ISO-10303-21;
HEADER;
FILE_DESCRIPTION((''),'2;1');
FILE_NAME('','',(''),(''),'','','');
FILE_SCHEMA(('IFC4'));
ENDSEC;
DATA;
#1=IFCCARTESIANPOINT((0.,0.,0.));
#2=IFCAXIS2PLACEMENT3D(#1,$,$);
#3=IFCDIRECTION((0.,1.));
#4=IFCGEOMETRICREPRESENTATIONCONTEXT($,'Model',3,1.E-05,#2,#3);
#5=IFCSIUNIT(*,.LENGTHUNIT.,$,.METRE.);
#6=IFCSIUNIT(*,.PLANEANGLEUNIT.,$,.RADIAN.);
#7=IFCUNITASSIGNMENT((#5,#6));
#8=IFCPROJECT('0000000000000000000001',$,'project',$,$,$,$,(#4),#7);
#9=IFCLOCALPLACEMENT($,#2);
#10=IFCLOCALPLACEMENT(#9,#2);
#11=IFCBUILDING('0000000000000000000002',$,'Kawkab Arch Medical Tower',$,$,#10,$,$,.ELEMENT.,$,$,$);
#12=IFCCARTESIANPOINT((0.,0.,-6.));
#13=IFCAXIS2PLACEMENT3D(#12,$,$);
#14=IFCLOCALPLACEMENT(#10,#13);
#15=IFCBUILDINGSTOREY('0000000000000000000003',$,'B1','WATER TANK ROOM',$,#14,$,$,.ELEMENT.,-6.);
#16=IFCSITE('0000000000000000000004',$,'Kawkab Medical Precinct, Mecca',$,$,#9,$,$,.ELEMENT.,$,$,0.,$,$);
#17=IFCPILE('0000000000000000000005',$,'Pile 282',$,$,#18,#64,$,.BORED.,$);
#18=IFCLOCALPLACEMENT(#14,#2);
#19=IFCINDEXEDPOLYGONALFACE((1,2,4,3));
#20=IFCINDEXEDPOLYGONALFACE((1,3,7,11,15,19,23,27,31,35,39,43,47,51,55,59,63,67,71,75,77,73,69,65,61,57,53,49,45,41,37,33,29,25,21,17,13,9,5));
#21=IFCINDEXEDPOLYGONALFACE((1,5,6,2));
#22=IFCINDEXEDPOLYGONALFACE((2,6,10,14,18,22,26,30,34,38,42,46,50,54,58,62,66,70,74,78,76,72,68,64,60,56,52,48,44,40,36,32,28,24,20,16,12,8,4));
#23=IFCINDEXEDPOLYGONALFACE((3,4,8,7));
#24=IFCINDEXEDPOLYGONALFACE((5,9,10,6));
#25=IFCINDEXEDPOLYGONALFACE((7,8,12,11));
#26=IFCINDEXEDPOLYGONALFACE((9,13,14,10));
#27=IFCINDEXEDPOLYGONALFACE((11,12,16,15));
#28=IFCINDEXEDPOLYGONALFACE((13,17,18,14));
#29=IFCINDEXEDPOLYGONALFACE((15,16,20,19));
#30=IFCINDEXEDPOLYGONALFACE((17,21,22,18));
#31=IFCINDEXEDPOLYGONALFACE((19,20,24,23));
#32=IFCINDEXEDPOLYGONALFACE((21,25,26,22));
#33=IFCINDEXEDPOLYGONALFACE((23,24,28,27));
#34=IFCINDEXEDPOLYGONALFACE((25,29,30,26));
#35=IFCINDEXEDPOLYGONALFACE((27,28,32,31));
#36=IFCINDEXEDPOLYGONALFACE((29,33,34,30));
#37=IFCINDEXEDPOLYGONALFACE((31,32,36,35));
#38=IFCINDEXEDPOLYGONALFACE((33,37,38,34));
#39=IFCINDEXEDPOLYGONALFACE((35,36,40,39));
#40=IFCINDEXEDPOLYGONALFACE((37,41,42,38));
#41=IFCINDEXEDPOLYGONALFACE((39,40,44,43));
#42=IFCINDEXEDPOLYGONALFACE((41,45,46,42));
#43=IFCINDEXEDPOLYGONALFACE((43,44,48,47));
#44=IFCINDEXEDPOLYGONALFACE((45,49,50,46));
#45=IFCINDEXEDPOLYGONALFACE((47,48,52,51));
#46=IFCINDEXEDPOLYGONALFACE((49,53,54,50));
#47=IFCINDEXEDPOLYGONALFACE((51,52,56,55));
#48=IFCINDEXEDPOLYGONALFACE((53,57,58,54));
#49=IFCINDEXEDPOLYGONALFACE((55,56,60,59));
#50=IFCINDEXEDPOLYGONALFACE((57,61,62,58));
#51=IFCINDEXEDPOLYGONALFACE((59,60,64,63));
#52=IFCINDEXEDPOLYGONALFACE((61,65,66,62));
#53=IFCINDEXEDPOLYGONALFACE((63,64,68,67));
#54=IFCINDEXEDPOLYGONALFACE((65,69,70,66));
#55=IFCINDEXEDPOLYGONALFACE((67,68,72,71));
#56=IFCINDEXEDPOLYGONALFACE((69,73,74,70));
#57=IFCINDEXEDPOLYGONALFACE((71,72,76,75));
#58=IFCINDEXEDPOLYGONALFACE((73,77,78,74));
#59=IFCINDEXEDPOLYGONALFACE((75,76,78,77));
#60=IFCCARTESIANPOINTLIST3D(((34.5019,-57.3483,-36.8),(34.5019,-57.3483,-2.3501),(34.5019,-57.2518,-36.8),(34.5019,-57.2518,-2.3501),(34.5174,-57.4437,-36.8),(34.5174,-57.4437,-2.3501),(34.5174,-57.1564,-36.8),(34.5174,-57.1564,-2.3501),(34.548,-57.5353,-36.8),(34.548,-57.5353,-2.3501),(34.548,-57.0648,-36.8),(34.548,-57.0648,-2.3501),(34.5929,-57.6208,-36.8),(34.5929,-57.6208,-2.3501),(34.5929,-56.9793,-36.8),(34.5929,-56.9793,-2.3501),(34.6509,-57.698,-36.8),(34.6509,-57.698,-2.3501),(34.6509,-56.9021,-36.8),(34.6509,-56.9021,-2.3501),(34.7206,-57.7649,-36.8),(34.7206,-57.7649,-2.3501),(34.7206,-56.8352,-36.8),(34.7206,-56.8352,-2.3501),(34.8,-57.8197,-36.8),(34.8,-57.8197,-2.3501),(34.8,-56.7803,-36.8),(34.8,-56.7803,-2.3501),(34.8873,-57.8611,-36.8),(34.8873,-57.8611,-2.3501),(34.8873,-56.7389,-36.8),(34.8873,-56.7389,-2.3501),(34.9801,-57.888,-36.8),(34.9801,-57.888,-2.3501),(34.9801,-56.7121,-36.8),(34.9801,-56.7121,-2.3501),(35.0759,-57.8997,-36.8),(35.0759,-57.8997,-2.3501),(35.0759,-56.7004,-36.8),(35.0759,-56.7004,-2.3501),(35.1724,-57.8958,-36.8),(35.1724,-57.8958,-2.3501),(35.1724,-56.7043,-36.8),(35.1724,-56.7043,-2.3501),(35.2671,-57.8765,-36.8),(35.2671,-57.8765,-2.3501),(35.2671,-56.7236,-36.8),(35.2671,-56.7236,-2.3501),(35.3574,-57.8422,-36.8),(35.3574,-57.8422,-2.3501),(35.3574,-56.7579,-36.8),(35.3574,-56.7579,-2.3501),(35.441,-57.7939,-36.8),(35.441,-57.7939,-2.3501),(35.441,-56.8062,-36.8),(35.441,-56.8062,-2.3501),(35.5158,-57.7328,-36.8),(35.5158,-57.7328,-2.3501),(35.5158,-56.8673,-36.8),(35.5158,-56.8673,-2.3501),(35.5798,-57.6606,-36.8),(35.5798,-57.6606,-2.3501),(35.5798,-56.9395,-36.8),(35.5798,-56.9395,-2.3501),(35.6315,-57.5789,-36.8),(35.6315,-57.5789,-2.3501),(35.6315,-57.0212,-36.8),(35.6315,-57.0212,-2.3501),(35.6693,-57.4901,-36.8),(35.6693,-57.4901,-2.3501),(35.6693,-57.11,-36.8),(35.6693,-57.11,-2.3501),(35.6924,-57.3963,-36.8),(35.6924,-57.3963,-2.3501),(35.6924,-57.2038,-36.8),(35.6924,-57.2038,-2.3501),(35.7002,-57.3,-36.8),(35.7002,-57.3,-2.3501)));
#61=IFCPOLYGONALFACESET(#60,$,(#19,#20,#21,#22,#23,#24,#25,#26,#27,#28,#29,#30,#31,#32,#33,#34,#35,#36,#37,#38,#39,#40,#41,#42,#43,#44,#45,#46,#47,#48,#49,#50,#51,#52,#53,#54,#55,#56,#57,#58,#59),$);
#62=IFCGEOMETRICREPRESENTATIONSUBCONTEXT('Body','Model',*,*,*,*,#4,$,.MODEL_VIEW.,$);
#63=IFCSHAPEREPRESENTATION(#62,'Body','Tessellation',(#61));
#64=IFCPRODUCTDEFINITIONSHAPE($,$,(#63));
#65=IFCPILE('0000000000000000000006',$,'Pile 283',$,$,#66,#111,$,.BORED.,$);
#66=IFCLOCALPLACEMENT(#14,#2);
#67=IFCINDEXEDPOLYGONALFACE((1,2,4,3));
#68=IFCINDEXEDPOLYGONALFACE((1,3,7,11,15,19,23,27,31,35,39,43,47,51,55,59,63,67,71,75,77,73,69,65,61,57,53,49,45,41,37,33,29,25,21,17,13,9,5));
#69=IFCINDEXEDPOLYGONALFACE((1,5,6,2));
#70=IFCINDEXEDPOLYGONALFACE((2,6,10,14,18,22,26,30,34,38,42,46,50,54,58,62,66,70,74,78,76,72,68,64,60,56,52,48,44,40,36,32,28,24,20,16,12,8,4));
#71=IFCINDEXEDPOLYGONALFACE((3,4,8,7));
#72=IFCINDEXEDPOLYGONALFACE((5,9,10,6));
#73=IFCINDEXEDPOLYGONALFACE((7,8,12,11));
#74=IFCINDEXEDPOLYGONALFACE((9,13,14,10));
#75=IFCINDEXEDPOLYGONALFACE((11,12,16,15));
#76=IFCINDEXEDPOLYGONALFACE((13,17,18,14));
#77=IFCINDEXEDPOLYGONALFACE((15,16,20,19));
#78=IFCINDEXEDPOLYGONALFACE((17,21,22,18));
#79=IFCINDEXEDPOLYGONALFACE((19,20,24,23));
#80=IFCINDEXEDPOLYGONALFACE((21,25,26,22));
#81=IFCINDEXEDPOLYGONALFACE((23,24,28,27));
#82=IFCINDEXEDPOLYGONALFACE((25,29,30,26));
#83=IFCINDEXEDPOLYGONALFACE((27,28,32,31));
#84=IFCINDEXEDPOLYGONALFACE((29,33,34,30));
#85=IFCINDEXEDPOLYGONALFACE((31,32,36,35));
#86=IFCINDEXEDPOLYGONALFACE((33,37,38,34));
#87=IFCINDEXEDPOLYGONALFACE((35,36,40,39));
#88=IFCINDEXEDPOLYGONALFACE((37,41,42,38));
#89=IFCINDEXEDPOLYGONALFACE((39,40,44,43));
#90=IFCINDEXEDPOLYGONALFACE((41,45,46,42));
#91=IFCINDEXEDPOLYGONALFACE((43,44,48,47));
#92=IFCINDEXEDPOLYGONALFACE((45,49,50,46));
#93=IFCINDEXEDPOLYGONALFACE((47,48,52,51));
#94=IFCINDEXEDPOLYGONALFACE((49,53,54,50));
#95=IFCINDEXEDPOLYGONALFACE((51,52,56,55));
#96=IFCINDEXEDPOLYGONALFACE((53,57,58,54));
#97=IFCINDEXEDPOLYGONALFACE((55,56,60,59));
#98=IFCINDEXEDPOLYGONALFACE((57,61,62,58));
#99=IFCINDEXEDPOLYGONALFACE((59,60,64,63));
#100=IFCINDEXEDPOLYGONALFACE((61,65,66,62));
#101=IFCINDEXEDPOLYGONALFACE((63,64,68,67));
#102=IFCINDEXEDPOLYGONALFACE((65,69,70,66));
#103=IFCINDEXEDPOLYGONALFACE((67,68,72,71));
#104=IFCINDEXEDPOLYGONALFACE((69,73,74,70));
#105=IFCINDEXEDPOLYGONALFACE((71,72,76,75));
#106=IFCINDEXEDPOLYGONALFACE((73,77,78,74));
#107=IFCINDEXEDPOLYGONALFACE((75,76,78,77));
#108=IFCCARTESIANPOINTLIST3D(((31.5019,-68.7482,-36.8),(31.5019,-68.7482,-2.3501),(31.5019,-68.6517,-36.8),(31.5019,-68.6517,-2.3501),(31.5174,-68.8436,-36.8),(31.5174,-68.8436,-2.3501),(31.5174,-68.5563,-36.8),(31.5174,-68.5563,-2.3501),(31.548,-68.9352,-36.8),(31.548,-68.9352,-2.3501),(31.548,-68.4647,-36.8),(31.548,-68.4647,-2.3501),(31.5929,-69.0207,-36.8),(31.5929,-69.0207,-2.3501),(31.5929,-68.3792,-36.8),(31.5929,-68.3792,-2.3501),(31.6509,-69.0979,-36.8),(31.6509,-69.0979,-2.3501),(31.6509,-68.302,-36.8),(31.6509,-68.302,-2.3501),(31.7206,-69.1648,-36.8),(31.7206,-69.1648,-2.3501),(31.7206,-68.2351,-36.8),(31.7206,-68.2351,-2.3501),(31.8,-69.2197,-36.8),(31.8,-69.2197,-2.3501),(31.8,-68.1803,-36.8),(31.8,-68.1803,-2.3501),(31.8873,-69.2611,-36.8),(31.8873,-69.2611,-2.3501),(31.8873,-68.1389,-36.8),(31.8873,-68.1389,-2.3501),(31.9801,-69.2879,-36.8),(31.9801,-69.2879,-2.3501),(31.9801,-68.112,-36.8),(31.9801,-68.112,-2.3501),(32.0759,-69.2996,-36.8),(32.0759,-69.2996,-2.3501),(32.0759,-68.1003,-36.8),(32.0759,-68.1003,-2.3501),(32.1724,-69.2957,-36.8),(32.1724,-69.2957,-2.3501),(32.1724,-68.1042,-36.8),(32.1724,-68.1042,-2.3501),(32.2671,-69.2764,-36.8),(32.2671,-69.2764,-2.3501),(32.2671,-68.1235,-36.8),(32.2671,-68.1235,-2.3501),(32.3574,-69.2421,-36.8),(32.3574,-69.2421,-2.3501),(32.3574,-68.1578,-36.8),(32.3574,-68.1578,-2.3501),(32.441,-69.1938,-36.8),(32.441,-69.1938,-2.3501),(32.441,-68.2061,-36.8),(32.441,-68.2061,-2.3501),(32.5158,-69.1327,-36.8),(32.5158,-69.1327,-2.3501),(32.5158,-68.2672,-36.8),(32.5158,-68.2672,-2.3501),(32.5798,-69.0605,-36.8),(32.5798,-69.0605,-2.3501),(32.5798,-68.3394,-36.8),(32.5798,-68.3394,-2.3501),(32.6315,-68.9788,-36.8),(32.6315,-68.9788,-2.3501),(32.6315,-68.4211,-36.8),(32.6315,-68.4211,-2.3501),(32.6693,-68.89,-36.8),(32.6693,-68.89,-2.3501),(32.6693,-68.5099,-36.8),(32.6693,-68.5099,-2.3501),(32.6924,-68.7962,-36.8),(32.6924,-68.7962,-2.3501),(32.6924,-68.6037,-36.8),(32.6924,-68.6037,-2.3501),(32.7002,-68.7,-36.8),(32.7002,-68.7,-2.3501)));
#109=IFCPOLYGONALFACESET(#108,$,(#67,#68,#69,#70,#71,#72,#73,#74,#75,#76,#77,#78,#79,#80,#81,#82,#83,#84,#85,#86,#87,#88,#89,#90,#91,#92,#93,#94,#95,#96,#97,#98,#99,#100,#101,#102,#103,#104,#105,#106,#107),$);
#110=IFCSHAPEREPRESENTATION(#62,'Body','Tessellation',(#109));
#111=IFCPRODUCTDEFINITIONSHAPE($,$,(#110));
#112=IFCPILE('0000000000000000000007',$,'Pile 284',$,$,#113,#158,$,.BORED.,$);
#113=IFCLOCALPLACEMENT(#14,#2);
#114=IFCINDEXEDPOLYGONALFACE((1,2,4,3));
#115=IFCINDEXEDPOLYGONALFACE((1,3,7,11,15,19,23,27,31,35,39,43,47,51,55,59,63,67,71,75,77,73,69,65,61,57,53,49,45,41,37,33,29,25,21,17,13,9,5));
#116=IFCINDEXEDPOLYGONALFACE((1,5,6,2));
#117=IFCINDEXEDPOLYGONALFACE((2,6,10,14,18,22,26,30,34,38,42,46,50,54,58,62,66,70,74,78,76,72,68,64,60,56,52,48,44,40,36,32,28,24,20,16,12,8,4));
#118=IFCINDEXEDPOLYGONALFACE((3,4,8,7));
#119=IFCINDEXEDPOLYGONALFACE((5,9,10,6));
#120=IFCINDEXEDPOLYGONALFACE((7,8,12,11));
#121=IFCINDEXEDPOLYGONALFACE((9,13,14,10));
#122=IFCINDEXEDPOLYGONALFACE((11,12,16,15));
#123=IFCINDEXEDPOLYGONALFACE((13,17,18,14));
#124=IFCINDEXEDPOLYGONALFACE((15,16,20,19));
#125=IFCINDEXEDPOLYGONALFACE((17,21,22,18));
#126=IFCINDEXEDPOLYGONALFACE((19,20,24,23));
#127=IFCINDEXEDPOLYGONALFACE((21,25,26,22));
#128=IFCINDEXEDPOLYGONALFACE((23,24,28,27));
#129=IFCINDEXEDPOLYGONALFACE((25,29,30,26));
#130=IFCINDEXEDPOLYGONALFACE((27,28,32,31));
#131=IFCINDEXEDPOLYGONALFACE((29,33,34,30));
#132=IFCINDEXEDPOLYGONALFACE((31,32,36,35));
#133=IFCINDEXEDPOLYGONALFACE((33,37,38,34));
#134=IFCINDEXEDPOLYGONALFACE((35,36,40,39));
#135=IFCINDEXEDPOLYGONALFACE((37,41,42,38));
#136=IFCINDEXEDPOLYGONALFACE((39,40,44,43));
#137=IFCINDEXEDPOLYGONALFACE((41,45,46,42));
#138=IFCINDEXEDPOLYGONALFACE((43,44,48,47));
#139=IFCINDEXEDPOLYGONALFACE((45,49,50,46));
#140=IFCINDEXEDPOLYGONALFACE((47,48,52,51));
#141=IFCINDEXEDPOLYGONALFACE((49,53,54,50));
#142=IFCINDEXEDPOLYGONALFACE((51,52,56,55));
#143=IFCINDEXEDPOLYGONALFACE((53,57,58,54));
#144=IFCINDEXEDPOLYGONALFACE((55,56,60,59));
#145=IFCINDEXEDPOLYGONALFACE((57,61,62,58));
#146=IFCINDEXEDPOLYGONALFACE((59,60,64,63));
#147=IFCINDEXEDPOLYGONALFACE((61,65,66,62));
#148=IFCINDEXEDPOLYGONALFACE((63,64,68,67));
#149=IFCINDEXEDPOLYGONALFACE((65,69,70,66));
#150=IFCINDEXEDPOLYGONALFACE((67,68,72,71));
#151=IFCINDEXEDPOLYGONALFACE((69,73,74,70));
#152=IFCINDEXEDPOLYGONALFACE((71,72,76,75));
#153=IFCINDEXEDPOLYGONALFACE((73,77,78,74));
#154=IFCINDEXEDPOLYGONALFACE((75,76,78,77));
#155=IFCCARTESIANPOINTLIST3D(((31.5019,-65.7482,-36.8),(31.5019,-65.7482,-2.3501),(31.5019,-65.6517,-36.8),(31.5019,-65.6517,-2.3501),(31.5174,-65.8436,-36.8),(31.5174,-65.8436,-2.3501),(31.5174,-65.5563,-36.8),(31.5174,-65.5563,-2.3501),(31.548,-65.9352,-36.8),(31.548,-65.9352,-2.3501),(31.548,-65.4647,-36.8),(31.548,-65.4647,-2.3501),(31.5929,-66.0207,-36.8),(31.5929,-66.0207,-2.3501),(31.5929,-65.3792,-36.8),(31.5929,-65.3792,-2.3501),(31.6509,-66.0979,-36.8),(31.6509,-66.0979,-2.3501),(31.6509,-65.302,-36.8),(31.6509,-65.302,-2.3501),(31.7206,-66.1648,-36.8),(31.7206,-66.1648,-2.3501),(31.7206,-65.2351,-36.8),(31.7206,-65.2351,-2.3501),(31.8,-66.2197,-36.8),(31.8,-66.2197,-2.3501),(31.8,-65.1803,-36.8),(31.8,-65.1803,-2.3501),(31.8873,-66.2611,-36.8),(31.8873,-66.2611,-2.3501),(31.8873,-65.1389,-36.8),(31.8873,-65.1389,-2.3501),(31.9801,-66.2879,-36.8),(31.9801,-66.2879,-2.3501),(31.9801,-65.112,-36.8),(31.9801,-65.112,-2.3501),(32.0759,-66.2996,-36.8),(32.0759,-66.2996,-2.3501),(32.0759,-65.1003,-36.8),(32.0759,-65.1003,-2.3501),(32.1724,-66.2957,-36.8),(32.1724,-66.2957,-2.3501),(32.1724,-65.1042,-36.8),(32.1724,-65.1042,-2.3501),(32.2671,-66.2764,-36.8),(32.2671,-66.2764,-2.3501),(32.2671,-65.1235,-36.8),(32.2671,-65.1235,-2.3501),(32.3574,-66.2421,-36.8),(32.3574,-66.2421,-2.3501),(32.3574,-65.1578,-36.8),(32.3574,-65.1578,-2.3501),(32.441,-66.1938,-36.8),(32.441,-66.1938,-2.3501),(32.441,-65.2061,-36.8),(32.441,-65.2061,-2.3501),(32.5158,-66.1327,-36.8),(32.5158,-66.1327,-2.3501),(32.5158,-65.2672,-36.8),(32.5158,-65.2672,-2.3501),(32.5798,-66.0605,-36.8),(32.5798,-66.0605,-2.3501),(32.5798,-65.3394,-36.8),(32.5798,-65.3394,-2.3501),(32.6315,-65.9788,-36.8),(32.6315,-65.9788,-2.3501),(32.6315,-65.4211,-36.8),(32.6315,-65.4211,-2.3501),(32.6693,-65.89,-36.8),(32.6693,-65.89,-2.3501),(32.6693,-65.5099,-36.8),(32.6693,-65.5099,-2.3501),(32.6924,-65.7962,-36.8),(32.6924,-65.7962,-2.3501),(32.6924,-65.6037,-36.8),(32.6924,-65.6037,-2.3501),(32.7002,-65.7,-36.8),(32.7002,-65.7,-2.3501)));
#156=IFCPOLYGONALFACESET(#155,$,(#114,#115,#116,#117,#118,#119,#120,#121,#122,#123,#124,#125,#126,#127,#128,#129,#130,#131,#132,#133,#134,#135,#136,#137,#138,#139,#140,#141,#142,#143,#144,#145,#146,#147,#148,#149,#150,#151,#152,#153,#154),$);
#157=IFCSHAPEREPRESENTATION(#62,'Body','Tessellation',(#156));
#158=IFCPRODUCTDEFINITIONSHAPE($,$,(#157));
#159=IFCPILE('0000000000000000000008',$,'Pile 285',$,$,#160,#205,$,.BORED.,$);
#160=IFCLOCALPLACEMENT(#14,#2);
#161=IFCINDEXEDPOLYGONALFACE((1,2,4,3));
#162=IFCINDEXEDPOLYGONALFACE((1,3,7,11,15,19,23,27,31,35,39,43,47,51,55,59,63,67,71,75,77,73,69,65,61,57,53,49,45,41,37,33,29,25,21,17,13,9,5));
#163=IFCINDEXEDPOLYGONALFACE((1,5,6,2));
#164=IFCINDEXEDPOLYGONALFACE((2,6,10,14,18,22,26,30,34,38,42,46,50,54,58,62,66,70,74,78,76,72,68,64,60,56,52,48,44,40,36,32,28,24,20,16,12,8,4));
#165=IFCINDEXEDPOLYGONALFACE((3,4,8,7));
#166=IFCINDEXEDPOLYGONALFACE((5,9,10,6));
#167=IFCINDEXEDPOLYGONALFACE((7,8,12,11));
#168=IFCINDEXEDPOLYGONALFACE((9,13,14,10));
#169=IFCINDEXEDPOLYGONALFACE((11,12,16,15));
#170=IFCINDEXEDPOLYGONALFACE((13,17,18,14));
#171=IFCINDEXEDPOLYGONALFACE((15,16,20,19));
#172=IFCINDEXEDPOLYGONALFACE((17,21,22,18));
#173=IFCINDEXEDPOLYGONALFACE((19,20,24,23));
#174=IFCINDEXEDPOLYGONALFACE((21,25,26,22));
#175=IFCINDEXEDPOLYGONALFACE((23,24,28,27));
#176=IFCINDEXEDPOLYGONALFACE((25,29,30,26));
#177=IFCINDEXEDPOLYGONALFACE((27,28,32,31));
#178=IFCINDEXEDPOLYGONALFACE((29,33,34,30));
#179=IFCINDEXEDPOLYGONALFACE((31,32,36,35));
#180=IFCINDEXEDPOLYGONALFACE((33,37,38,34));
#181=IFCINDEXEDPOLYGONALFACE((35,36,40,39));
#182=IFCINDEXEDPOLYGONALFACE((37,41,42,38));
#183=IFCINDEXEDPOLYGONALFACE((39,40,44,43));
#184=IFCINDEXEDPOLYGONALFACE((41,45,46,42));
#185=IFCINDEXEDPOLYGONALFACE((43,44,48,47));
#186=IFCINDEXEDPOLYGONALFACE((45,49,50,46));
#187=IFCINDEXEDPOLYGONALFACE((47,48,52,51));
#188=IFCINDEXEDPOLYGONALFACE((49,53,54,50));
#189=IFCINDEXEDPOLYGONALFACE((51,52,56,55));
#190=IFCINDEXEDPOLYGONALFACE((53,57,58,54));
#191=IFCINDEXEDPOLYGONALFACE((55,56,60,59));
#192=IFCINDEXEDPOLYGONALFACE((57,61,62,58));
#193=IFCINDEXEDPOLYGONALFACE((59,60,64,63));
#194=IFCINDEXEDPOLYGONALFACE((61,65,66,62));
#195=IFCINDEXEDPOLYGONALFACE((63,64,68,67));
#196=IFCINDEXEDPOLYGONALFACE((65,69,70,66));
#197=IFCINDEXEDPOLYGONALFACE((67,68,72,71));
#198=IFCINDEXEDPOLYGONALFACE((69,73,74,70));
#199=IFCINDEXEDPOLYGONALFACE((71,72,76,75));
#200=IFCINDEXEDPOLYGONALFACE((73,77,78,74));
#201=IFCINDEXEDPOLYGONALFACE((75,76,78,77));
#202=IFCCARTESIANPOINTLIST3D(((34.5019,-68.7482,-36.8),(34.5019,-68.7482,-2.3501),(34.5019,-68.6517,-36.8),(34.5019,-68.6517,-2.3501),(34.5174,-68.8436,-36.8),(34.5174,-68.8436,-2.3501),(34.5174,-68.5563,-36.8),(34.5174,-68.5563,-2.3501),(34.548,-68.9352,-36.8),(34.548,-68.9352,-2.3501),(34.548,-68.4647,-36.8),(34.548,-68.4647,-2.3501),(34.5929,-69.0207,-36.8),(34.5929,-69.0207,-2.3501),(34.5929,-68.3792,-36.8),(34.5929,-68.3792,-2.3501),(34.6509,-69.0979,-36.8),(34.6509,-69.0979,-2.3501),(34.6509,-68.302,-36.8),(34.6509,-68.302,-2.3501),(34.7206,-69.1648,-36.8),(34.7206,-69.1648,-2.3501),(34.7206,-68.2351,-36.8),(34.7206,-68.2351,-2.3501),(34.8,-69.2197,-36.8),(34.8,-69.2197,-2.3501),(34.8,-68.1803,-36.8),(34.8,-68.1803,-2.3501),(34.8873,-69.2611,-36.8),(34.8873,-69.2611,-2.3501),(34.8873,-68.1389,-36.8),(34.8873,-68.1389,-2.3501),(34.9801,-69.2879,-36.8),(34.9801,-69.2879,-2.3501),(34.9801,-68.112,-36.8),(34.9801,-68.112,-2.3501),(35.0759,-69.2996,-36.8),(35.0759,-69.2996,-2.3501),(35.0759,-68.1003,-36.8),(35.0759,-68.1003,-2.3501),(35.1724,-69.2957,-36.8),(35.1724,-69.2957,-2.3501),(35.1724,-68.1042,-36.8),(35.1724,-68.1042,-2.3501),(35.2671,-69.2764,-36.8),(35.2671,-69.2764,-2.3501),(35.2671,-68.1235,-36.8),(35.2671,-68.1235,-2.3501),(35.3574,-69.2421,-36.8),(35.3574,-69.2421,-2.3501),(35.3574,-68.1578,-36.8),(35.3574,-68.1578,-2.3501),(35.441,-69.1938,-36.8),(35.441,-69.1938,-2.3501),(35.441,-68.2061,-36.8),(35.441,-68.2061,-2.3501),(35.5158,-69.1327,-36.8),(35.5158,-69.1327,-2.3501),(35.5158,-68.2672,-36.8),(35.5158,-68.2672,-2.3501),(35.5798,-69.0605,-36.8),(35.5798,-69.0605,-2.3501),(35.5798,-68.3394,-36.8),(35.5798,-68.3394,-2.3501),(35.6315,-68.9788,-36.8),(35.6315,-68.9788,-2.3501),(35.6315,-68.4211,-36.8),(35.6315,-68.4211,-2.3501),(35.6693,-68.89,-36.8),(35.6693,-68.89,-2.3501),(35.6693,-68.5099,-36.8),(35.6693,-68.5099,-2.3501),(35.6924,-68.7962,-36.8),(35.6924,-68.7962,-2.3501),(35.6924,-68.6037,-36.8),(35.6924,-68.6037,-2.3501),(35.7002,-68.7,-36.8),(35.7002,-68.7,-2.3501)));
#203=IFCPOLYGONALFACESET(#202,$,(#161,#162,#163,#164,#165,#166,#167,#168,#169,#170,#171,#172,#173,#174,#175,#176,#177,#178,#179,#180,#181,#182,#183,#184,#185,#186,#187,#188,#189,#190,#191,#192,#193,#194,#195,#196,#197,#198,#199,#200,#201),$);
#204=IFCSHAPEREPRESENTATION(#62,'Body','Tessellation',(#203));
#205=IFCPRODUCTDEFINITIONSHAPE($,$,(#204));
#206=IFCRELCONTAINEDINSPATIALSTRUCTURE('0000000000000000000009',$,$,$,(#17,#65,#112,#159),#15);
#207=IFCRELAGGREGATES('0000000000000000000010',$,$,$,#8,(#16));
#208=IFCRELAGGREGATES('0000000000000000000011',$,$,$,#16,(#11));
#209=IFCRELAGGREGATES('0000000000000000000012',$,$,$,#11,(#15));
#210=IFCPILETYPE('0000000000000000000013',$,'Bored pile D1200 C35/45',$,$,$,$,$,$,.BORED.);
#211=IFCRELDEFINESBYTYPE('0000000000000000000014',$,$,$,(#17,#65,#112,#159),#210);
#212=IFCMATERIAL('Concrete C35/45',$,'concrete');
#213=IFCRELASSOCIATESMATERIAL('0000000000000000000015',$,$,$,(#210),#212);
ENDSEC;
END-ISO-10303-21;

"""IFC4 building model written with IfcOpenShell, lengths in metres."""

from ifc_helpers import new_model, si_unit, direction, frame, origin, origin_2d, place, context, subcontext, project, spatial, circle, extrude, material, material_profile, profile_set, type_object, element, save


model = new_model("IFC4")

# Units and contexts
model_context = context("Model", 3, precision=1e-05, world=origin(), true_north=direction((0.0, 1.0)))
body_context = subcontext(model_context, "Body", "Model", "MODEL_VIEW")
ifc_project = project(units=[si_unit("LENGTHUNIT", "METRE"), si_unit("PLANEANGLEUNIT", "RADIAN")], contexts=[model_context])

# Site, building, storey
site_placement = place(None, origin())
site = spatial("IfcSite", under=ifc_project, at=site_placement, Name="Kawkab Medical Precinct, Mecca", CompositionType="ELEMENT", RefElevation=0.0)
building_placement = place(site_placement, origin())
building = spatial("IfcBuilding", under=site, at=building_placement, Name="Kawkab Arch Medical Tower", CompositionType="ELEMENT")
storey_placement = place(building_placement, frame((0.0, 0.0, -6.0)))
storey = spatial("IfcBuildingStorey", under=building, at=storey_placement, Name="B1", Description="WATER TANK ROOM", CompositionType="ELEMENT", Elevation=-6.0)

# Piles
ifc_material_1 = material(Name="Concrete C35/45", Category="concrete")
ifc_material_profile_1 = material_profile(ifc_material_1, circle(Radius=0.6001, at=origin_2d()), Name="Bored pile D1200")
ifc_profile_set_1 = profile_set([ifc_material_profile_1], Name="Concrete C35/45")
pile_type_1 = type_object("IfcPileType", Name="Bored pile D1200 C35/45", PredefinedType="BORED", material=ifc_profile_set_1)
for number, where, z_axis, x_axis, name in (
    (1, (35.1001, -57.3, -2.3501), (0.0, 0.0, -1.0), (1.0, 0.0, 0.0), "Pile 282"),
    (2, (32.1001, -68.7, -2.3501), (0.0, 0.0, -1.0), (1.0, 0.0, 0.0), "Pile 283"),
    (3, (32.1001, -65.7, -2.3501), (0.0, 0.0, -1.0), (1.0, 0.0, 0.0), "Pile 284"),
    (4, (35.1001, -68.7, -2.3501), (0.0, 0.0, -1.0), (1.0, 0.0, 0.0), "Pile 285"),
):
    element("IfcPile", number, at=place(storey_placement, frame(where, z_axis=z_axis, x_axis=x_axis)), inside=storey, type_object=pile_type_1, Name=name, PredefinedType="BORED", context=body_context, shape_type="SweptSolid", body=[
        extrude(circle(Radius=0.6001, at=origin_2d()), origin(), (0.0, 0.0, 1.0), 34.45),
    ])

save(model, "model.ifc")
